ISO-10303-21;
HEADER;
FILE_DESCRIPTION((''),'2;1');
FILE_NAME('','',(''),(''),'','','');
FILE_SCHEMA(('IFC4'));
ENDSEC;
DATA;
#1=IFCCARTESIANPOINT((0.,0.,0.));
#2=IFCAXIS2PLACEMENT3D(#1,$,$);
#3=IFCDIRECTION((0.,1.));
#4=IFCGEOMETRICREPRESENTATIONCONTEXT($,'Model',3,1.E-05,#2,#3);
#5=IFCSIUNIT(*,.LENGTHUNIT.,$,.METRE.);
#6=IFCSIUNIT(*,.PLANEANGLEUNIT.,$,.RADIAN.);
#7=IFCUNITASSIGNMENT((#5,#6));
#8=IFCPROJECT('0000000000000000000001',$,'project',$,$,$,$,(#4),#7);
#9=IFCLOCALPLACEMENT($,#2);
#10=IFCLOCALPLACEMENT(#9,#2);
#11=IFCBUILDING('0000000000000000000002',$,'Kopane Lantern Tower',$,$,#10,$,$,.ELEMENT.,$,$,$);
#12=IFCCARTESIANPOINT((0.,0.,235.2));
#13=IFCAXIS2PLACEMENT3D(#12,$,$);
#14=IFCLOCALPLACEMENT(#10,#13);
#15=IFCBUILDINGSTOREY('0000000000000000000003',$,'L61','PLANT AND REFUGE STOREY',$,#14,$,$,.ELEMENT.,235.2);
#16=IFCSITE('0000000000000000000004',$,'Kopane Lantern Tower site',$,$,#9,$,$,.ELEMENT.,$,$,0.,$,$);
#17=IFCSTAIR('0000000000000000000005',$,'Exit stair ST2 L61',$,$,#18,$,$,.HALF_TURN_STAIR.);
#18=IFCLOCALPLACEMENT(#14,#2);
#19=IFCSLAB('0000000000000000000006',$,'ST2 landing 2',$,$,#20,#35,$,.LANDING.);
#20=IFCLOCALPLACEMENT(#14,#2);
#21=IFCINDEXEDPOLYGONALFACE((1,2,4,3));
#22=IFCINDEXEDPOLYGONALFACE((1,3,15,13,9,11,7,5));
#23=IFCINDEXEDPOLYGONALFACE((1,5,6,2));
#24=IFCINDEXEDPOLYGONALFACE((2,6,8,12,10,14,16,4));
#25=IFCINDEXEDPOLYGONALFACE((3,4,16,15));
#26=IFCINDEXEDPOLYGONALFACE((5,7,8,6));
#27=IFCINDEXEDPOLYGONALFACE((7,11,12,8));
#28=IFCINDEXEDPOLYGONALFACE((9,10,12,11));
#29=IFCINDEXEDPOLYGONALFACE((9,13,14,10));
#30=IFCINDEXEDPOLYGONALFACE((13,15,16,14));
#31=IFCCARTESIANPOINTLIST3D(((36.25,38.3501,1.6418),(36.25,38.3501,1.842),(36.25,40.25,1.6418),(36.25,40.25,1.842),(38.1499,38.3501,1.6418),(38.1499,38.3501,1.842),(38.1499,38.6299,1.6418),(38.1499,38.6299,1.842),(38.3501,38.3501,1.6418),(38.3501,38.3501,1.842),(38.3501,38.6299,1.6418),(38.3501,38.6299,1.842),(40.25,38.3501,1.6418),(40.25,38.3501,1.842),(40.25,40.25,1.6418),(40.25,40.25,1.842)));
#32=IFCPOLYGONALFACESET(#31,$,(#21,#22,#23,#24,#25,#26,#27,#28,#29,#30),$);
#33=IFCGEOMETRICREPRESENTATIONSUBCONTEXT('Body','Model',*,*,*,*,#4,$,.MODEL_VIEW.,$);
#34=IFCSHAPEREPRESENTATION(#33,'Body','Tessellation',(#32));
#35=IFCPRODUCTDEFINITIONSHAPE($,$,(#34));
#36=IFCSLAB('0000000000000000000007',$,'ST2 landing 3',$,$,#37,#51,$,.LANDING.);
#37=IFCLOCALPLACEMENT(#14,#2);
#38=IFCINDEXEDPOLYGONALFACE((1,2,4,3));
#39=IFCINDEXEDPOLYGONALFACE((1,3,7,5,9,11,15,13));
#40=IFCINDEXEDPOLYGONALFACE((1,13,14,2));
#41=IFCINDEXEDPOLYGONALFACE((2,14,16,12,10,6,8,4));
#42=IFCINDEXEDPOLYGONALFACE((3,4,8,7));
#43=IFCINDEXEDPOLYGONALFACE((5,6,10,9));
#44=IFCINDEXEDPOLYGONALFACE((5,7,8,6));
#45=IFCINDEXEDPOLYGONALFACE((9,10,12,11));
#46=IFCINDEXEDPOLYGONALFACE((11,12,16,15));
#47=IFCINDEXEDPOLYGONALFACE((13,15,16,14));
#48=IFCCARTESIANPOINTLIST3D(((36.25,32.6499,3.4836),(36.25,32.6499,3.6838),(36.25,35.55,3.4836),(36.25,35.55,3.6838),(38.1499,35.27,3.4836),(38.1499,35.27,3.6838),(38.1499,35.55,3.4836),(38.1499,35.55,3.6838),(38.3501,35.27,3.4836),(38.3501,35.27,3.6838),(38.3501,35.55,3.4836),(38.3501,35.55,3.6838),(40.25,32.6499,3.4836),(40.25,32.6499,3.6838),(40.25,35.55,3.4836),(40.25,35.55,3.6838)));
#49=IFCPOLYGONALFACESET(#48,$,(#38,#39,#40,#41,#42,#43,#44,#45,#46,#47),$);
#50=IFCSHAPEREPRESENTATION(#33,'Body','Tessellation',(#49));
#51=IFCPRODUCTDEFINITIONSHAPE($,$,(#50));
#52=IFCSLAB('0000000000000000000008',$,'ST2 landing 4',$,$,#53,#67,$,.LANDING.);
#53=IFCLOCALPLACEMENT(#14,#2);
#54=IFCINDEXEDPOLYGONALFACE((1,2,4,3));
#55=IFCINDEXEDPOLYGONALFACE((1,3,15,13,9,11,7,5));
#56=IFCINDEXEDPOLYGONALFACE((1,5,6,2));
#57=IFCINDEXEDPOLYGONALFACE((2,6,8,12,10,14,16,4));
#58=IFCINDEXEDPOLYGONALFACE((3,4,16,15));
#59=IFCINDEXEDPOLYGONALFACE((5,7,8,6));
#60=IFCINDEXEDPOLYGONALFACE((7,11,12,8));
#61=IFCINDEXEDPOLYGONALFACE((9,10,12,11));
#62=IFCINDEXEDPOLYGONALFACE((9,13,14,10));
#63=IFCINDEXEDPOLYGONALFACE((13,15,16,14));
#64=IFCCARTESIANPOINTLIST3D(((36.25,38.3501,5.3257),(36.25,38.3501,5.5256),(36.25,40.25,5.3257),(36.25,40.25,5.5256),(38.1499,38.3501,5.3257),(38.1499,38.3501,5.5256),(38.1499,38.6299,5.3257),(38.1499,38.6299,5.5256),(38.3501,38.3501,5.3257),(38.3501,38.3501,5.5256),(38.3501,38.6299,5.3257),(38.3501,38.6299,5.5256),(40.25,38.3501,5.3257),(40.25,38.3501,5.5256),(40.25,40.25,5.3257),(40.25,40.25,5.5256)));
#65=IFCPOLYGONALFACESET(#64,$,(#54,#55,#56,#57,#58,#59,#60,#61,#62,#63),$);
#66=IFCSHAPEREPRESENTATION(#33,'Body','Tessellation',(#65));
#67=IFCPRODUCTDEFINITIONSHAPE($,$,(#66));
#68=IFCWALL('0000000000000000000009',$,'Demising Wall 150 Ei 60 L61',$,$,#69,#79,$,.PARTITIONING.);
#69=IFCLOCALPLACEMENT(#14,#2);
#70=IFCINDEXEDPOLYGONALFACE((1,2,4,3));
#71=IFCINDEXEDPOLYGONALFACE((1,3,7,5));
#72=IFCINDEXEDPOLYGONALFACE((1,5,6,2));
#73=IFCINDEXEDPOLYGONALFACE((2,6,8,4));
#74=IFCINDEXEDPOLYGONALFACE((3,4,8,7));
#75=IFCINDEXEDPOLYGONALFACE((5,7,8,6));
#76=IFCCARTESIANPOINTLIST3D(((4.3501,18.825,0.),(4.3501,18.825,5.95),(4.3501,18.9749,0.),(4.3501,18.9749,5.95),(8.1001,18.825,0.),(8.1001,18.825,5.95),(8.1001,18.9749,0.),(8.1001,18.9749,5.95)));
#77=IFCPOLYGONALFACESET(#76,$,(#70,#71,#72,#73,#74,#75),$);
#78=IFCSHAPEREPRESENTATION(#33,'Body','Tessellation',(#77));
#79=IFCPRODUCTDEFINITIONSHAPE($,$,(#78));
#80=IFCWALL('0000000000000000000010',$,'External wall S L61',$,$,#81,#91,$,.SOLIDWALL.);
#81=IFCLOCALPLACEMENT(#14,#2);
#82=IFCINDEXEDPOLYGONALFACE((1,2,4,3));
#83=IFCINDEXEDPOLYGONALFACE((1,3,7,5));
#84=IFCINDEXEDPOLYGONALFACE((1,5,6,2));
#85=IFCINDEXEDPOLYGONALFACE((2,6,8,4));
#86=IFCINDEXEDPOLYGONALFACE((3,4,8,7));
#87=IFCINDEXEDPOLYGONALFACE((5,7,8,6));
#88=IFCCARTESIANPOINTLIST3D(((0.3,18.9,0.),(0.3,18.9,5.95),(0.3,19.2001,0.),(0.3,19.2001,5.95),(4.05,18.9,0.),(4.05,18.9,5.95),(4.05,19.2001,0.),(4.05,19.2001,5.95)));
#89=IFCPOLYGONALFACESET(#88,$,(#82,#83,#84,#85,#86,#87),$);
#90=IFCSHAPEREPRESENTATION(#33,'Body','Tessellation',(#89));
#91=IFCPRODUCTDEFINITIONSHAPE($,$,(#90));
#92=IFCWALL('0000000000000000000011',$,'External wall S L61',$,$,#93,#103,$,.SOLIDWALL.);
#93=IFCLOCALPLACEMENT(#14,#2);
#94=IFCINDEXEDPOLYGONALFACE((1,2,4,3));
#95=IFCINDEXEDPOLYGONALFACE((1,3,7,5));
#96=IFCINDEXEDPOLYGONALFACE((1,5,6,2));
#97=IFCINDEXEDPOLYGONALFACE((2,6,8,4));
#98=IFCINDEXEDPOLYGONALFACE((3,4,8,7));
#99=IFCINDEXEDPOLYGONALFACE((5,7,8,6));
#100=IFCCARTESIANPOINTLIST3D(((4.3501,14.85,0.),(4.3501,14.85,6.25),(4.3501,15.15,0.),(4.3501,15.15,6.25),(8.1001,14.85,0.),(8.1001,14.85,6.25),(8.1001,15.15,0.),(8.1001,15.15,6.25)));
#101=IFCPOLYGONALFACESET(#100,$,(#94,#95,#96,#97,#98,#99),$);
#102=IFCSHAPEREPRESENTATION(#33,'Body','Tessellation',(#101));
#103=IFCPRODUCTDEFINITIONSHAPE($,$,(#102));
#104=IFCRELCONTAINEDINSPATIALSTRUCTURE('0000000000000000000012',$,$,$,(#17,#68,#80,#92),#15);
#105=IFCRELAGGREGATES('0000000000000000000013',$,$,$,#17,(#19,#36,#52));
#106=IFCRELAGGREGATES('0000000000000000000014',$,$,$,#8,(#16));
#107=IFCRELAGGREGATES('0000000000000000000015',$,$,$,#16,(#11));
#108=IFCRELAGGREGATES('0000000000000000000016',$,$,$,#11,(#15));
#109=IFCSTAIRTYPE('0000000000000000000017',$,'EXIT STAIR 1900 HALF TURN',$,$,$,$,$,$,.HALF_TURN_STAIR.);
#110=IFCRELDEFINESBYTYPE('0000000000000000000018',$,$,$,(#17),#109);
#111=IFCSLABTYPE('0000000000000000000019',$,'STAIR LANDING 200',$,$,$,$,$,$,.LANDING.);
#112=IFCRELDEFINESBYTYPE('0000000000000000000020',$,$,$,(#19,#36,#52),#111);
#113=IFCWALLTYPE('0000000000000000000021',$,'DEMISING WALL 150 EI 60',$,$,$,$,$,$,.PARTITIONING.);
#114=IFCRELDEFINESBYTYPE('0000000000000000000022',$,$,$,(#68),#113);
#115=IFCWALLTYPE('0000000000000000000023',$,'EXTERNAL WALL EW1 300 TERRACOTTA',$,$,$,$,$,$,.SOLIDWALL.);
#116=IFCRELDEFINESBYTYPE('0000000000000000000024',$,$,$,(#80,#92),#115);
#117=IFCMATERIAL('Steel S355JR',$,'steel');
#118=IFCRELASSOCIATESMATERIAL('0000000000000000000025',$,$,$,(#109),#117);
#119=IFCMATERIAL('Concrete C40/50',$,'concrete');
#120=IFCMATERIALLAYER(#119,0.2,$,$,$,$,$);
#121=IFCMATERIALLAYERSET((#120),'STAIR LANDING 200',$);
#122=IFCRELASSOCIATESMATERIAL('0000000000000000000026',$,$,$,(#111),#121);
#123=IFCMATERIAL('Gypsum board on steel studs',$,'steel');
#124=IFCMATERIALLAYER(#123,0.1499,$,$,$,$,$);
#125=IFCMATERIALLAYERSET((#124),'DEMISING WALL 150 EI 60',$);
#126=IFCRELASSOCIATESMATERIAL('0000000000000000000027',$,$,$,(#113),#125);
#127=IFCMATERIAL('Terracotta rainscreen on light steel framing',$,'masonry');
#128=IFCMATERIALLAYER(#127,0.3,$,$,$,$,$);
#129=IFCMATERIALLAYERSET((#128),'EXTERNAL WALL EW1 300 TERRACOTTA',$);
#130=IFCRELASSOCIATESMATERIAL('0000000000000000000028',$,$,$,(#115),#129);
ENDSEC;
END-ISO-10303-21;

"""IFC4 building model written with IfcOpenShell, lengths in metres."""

from ifc_helpers import new_model, si_unit, direction, frame, frame_2d, origin, place, context, subcontext, project, spatial, polyline, rectangle, outline, extrude, material, layer, layer_set, type_object, element, aggregate, save


model = new_model("IFC4")

# Units and contexts
model_context = context("Model", 3, precision=1e-05, world=origin(), true_north=direction((0.0, 1.0)))
body_context = subcontext(model_context, "Body", "Model", "MODEL_VIEW")
ifc_project = project(units=[si_unit("LENGTHUNIT", "METRE"), si_unit("PLANEANGLEUNIT", "RADIAN")], contexts=[model_context])

# Site, building, storey
site_placement = place(None, origin())
site = spatial("IfcSite", under=ifc_project, at=site_placement, Name="Kopane Lantern Tower site", CompositionType="ELEMENT", RefElevation=0.0)
building_placement = place(site_placement, origin())
building = spatial("IfcBuilding", under=site, at=building_placement, Name="Kopane Lantern Tower", CompositionType="ELEMENT")
storey_placement = place(building_placement, frame((0.0, 0.0, 235.2)))
storey = spatial("IfcBuildingStorey", under=building, at=storey_placement, Name="L61", Description="PLANT AND REFUGE STOREY", CompositionType="ELEMENT", Elevation=235.2)

# Stair, slabs
ifc_material_1 = material(Name="Steel S355JR", Category="steel")
stair_type = type_object("IfcStairType", Name="EXIT STAIR 1900 HALF TURN", PredefinedType="HALF_TURN_STAIR", material=ifc_material_1)
ifc_material_2 = material(Name="Concrete C40/50", Category="concrete")
ifc_layer_1 = layer(ifc_material_2, 0.2)
ifc_layer_set_1 = layer_set([ifc_layer_1], Name="STAIR LANDING 200")
slab_type_1 = type_object("IfcSlabType", Name="STAIR LANDING 200", PredefinedType="LANDING", material=ifc_layer_set_1)
stair_1_placement = place(storey_placement, origin())
stair_1 = element("IfcStair", 1, at=stair_1_placement, inside=storey, type_object=stair_type, Name="Exit stair ST2 L61", PredefinedType="HALF_TURN_STAIR")
slab_1_placement = place(storey_placement, frame((0.0, 0.0, 1.6418)))
slab_1 = element("IfcSlab", 2, at=slab_1_placement, type_object=slab_type_1, Name="ST2 landing 2", PredefinedType="LANDING", context=body_context, shape_type="SweptSolid", body=[
    extrude(outline(polyline([(38.1499, 38.6299), (38.3501, 38.6299), (38.3501, 38.3501), (40.25, 38.3501), (40.25, 40.25), (36.25, 40.25), (36.25, 38.3501), (38.1499, 38.3501), (38.1499, 38.6299)])), origin(), (0.0, 0.0, 1.0), 0.2002),
])
slab_2_placement = place(storey_placement, frame((0.0, 0.0, 3.4836)))
slab_2 = element("IfcSlab", 3, at=slab_2_placement, type_object=slab_type_1, Name="ST2 landing 3", PredefinedType="LANDING", context=body_context, shape_type="SweptSolid", body=[
    extrude(outline(polyline([(40.25, 35.55), (38.3501, 35.55), (38.3501, 35.27), (38.1499, 35.27), (38.1499, 35.55), (36.25, 35.55), (36.25, 32.6499), (40.25, 32.6499), (40.25, 35.55)])), origin(), (0.0, 0.0, 1.0), 0.2002),
])
slab_3_placement = place(storey_placement, frame((0.0, 0.0, 5.3257)))
slab_3 = element("IfcSlab", 4, at=slab_3_placement, type_object=slab_type_1, Name="ST2 landing 4", PredefinedType="LANDING", context=body_context, shape_type="SweptSolid", body=[
    extrude(outline(polyline([(38.1499, 38.6299), (38.3501, 38.6299), (38.3501, 38.3501), (40.25, 38.3501), (40.25, 40.25), (36.25, 40.25), (36.25, 38.3501), (38.1499, 38.3501), (38.1499, 38.6299)])), origin(), (0.0, 0.0, 1.0), 0.2),
])
aggregate(stair_1, [slab_1, slab_2, slab_3])

# Walls
ifc_material_3 = material(Name="Gypsum board on steel studs", Category="steel")
ifc_layer_2 = layer(ifc_material_3, 0.1499)
ifc_layer_set_2 = layer_set([ifc_layer_2], Name="DEMISING WALL 150 EI 60")
wall_type_1 = type_object("IfcWallType", Name="DEMISING WALL 150 EI 60", PredefinedType="PARTITIONING", material=ifc_layer_set_2)
wall_1_placement = place(storey_placement, frame((4.3501, 18.8999, 0.0), z_axis=(0.0, 0.0, 1.0), x_axis=(1.0, 0.0, 0.0)))
element("IfcWall", 5, at=wall_1_placement, inside=storey, type_object=wall_type_1, Name="Demising Wall 150 Ei 60 L61", PredefinedType="PARTITIONING", context=body_context, shape_type="SweptSolid", body=[
    extrude(rectangle(XDim=3.75, YDim=0.1499, at=frame_2d((1.875, 0.0))), origin(), (0.0, 0.0, 1.0), 5.95),
])
ifc_material_4 = material(Name="Terracotta rainscreen on light steel framing", Category="masonry")
ifc_layer_3 = layer(ifc_material_4, 0.3)
ifc_layer_set_3 = layer_set([ifc_layer_3], Name="EXTERNAL WALL EW1 300 TERRACOTTA")
wall_type_2 = type_object("IfcWallType", Name="EXTERNAL WALL EW1 300 TERRACOTTA", PredefinedType="SOLIDWALL", material=ifc_layer_set_3)
wall_2_placement = place(storey_placement, frame((0.3, 19.05, 0.0), z_axis=(0.0, 0.0, 1.0), x_axis=(1.0, 0.0, 0.0)))
element("IfcWall", 6, at=wall_2_placement, inside=storey, type_object=wall_type_2, Name="External wall S L61", PredefinedType="SOLIDWALL", context=body_context, shape_type="SweptSolid", body=[
    extrude(rectangle(XDim=3.75, YDim=0.3, at=frame_2d((1.875, 0.0))), origin(), (0.0, 0.0, 1.0), 5.95),
])
wall_3_placement = place(storey_placement, frame((4.3501, 15.0, 0.0), z_axis=(0.0, 0.0, 1.0), x_axis=(1.0, 0.0, 0.0)))
element("IfcWall", 7, at=wall_3_placement, inside=storey, type_object=wall_type_2, Name="External wall S L61", PredefinedType="SOLIDWALL", context=body_context, shape_type="SweptSolid", body=[
    extrude(rectangle(XDim=3.75, YDim=0.3, at=frame_2d((1.875, 0.0))), origin(), (0.0, 0.0, 1.0), 6.25),
])

save(model, "model.ifc")
